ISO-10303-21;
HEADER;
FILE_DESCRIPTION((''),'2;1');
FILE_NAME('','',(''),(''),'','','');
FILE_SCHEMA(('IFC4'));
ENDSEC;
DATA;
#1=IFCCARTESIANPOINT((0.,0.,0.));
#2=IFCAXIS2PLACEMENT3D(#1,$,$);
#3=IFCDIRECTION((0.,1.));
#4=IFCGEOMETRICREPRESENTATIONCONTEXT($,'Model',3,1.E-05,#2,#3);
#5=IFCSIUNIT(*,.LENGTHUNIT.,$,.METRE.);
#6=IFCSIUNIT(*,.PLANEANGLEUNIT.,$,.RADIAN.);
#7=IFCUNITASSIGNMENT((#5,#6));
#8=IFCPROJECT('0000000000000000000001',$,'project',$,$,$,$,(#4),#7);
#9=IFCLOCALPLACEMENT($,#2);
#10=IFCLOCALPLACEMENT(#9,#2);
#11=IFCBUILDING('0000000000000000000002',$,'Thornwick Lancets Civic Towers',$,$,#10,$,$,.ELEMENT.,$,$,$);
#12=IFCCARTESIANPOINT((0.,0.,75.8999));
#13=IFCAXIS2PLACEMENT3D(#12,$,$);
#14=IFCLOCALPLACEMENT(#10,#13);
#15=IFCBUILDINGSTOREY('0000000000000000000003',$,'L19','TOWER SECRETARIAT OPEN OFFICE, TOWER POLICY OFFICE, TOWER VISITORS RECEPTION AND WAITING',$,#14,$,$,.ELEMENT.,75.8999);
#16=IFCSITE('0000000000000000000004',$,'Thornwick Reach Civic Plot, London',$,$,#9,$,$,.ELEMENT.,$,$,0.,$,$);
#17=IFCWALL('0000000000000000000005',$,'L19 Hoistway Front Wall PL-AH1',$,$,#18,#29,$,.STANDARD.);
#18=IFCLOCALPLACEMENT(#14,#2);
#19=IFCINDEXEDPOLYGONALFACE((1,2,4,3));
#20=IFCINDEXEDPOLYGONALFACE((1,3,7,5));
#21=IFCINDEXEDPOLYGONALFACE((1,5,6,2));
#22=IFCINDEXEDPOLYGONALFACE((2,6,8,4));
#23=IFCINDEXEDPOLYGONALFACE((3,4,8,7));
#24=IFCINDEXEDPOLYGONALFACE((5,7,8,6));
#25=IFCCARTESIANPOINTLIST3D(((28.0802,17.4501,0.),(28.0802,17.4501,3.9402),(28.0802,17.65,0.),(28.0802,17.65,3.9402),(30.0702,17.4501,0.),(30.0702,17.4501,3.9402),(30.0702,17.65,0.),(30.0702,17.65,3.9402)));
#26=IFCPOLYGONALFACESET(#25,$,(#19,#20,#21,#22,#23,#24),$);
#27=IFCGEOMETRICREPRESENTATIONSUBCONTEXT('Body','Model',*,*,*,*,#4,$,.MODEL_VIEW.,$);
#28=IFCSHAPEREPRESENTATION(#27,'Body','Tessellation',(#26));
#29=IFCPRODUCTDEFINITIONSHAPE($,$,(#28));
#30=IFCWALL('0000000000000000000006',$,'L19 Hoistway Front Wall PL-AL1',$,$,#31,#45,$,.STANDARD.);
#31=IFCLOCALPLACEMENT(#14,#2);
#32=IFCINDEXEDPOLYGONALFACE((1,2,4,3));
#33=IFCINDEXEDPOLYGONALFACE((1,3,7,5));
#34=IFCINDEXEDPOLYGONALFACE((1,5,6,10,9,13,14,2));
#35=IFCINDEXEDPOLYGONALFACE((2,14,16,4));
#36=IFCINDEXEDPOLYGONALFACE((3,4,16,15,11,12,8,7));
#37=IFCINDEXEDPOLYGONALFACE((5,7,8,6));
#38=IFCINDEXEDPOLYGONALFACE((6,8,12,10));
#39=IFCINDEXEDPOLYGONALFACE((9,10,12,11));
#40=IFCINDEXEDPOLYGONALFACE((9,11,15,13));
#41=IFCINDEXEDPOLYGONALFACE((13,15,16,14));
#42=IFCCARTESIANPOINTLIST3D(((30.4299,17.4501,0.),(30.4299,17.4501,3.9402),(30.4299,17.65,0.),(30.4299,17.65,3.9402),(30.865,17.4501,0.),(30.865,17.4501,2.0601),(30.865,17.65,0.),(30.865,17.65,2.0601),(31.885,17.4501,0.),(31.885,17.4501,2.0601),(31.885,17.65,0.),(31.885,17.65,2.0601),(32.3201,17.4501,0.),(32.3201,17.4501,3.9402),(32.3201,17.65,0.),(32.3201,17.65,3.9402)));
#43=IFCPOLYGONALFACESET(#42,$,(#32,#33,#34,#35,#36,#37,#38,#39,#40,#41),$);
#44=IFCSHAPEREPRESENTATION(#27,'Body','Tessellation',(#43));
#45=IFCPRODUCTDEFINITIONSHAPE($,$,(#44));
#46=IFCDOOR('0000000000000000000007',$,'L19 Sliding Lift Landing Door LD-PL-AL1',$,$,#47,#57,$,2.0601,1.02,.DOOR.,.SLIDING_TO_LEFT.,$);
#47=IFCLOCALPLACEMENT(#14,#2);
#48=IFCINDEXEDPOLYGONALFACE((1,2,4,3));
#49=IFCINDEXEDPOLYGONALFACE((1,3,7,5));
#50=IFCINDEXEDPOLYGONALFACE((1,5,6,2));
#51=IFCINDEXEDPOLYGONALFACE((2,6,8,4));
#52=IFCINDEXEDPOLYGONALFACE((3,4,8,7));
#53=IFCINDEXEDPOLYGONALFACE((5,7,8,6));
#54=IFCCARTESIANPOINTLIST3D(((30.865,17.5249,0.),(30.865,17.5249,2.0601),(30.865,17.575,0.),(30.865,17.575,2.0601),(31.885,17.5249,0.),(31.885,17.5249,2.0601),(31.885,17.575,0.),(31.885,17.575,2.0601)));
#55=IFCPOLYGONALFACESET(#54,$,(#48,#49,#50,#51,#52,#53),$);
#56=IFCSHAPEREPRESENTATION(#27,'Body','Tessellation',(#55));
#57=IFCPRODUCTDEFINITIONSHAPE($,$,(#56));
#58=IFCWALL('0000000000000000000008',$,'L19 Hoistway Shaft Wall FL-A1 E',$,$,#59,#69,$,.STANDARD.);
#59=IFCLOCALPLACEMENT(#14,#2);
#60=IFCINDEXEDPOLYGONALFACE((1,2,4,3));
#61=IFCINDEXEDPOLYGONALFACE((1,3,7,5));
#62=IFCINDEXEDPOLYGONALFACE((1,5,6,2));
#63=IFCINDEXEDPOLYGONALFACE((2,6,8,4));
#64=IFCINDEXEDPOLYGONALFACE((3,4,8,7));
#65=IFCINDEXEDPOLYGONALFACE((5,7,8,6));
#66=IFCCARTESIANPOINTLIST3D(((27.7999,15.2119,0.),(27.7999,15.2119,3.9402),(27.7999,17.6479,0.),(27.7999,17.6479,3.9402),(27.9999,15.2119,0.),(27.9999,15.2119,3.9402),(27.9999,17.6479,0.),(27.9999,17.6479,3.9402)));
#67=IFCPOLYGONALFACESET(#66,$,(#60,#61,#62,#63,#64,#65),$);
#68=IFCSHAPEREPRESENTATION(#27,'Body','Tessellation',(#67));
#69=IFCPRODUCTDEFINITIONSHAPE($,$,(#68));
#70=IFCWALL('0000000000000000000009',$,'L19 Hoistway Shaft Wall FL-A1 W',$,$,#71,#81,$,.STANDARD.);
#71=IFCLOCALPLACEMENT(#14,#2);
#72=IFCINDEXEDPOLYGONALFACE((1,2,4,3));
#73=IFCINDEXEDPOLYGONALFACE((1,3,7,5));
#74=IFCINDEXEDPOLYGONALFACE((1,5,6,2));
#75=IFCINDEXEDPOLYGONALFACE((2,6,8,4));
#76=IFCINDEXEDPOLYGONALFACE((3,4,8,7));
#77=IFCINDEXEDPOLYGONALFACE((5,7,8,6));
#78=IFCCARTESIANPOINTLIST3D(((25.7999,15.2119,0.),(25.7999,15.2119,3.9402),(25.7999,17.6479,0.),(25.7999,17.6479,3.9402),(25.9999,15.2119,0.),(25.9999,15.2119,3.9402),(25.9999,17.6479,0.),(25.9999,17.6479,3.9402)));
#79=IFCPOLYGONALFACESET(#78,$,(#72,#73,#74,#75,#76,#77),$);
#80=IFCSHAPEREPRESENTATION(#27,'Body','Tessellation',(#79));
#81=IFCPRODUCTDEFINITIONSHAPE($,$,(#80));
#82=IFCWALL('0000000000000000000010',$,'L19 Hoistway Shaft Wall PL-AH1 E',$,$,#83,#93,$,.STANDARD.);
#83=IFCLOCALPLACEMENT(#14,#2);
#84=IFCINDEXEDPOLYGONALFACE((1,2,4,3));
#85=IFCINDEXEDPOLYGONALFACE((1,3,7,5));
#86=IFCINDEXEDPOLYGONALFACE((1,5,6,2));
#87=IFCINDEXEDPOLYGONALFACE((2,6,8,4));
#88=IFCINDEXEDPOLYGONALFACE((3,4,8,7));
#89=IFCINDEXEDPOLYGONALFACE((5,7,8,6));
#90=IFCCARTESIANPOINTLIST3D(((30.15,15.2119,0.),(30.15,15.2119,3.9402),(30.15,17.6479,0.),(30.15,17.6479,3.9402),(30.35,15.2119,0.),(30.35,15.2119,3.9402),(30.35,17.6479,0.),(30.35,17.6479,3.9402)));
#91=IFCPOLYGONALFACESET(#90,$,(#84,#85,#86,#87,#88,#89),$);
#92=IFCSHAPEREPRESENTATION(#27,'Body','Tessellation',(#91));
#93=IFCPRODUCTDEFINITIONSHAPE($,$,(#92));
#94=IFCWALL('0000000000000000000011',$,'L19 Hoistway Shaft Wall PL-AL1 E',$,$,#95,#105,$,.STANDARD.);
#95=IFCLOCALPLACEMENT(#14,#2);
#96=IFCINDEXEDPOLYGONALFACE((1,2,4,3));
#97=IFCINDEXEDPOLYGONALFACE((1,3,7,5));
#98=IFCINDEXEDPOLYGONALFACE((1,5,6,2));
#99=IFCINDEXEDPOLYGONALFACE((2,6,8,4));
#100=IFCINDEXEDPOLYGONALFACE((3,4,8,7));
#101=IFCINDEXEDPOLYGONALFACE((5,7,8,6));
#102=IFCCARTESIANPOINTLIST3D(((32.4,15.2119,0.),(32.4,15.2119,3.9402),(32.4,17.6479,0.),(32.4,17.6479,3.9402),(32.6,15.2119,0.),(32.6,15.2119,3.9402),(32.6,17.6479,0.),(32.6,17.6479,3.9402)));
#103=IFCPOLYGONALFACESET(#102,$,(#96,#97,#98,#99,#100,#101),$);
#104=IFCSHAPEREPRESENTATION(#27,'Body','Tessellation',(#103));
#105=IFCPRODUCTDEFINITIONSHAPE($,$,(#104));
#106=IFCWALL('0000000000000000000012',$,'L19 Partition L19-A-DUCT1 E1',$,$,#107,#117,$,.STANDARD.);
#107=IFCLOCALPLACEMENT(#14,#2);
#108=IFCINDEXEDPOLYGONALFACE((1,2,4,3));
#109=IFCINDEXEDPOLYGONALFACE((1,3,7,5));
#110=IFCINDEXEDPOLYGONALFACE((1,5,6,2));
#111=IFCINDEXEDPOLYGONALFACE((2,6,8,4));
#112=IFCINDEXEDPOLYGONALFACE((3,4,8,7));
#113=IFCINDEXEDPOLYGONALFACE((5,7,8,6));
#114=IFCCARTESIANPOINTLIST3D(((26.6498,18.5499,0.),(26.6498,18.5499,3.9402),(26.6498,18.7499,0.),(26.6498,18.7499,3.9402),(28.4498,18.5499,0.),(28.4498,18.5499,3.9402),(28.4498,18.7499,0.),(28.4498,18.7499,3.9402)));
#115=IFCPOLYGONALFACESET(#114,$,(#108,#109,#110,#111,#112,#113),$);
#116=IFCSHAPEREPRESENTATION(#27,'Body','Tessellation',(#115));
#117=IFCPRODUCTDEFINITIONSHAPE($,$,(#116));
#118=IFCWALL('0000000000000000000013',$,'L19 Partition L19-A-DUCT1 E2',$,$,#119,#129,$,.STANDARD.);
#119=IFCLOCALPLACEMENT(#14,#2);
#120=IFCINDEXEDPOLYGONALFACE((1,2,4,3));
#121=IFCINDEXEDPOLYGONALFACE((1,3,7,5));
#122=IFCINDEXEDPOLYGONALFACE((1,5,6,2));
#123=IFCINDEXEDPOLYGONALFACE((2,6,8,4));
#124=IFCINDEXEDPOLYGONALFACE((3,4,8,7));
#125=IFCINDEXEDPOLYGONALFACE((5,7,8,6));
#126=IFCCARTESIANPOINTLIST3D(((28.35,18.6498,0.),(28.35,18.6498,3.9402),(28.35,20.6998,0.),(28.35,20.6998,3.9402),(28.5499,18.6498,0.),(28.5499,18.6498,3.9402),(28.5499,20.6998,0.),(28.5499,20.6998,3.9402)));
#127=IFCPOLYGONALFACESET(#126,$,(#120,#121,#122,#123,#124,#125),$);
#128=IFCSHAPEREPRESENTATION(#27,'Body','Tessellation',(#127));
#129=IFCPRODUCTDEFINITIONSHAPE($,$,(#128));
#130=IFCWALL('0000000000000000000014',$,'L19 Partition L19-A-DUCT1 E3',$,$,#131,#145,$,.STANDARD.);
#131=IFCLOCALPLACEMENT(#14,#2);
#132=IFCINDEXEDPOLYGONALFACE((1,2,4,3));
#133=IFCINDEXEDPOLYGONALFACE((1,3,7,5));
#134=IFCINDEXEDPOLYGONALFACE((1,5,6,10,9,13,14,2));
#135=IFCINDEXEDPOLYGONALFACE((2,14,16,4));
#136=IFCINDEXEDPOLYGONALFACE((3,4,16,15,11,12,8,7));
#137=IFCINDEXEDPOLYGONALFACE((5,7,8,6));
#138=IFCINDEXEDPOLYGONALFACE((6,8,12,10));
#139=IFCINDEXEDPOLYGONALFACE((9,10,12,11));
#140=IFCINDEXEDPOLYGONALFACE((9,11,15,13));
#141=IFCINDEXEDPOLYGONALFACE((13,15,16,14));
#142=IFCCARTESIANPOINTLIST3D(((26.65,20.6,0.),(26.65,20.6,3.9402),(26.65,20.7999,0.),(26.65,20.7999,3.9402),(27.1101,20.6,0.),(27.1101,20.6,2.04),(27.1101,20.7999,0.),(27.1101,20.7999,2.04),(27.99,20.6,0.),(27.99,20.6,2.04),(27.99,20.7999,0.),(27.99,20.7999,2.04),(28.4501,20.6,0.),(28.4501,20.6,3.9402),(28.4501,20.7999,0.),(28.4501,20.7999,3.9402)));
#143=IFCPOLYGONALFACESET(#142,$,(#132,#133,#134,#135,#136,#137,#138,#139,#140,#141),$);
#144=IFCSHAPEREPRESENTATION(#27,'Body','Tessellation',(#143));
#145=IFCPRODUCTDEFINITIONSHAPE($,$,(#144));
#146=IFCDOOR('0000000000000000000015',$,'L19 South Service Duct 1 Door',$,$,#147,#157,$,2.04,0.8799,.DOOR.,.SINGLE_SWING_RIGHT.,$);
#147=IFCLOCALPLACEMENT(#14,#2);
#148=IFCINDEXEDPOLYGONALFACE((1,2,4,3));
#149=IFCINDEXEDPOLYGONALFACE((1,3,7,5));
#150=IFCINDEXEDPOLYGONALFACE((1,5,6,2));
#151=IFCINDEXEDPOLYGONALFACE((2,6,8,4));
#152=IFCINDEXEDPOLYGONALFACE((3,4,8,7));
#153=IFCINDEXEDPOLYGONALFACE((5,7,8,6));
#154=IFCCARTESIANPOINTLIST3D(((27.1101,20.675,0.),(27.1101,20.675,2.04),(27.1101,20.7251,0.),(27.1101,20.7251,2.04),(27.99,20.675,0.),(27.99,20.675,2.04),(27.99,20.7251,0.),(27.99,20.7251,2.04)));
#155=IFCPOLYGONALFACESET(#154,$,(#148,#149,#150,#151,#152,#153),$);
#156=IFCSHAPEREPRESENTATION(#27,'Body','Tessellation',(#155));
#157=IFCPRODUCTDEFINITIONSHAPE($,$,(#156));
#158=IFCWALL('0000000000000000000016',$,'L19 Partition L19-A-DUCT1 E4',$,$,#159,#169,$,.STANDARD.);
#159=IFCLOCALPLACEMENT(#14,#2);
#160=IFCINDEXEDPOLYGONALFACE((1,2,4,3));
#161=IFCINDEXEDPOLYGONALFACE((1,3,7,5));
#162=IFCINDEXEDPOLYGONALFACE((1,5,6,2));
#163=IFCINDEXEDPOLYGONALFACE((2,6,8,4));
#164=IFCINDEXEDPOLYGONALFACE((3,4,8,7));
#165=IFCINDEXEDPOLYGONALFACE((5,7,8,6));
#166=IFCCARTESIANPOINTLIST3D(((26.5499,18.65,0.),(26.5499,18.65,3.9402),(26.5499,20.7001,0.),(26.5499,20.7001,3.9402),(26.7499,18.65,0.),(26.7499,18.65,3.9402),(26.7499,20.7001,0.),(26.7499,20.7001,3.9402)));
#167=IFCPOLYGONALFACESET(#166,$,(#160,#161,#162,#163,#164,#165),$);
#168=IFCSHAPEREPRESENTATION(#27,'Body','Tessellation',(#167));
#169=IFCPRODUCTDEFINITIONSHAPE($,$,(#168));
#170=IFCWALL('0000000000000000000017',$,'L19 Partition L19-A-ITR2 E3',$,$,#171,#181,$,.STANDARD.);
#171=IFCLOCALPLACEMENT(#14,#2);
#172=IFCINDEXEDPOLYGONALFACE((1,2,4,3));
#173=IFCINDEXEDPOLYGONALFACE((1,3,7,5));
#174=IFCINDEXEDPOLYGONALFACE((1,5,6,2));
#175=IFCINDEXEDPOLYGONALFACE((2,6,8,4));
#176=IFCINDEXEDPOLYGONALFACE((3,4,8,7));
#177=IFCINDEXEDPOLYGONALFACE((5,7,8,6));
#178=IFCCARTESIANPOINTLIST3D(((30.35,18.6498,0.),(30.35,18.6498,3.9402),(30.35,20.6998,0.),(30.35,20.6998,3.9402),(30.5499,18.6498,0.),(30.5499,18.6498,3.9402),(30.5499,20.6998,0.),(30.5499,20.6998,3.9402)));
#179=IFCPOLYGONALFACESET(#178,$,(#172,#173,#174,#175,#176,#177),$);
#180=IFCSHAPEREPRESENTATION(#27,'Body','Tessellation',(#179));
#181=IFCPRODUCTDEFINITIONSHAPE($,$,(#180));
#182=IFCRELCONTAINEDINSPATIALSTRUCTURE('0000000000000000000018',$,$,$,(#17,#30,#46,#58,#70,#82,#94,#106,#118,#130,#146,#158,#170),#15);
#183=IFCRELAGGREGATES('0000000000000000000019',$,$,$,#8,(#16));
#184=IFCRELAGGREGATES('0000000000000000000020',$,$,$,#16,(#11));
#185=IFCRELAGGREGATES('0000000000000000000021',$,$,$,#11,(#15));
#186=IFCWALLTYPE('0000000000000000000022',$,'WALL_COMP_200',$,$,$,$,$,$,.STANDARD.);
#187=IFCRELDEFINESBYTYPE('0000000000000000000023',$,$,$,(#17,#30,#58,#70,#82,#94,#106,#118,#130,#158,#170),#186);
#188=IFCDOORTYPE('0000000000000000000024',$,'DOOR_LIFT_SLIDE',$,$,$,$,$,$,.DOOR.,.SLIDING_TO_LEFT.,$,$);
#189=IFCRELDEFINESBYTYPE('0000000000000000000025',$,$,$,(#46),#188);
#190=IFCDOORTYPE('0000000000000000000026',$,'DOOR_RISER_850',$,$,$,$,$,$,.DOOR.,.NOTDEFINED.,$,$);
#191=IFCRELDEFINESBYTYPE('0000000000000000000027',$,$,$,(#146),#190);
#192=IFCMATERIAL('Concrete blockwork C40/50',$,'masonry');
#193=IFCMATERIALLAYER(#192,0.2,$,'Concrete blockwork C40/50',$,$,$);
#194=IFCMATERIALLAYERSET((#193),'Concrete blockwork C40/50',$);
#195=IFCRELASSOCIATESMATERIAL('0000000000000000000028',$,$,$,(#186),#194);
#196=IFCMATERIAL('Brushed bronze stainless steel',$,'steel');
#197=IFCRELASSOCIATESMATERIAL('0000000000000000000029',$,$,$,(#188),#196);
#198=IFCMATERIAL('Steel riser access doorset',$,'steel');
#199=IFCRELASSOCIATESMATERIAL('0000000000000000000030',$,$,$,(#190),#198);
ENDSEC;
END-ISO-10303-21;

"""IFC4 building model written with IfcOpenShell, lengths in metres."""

from ifc_helpers import new_model, si_unit, direction, frame, frame_2d, origin, place, context, subcontext, project, spatial, rectangle, extrude, material, layer, layer_set, type_object, element, fill, save


model = new_model("IFC4")

# Units and contexts
model_context = context("Model", 3, precision=1e-05, world=origin(), true_north=direction((0.0, 1.0)))
body_context = subcontext(model_context, "Body", "Model", "MODEL_VIEW")
ifc_project = project(units=[si_unit("LENGTHUNIT", "METRE"), si_unit("PLANEANGLEUNIT", "RADIAN")], contexts=[model_context])

# Site, building, storey
site_placement = place(None, origin())
site = spatial("IfcSite", under=ifc_project, at=site_placement, Name="Thornwick Reach Civic Plot, London", CompositionType="ELEMENT", RefElevation=0.0)
building_placement = place(site_placement, origin())
building = spatial("IfcBuilding", under=site, at=building_placement, Name="Thornwick Lancets Civic Towers", CompositionType="ELEMENT")
storey_placement = place(building_placement, frame((0.0, 0.0, 75.8999)))
storey = spatial("IfcBuildingStorey", under=building, at=storey_placement, Name="L19", Description="TOWER SECRETARIAT OPEN OFFICE, TOWER POLICY OFFICE, TOWER VISITORS RECEPTION AND WAITING", CompositionType="ELEMENT", Elevation=75.8999)

# Shared definitions
ifc_material_1 = material(Name="Concrete blockwork C40/50", Category="masonry")
ifc_layer_1 = layer(ifc_material_1, 0.2, Name="Concrete blockwork C40/50")
ifc_layer_set_1 = layer_set([ifc_layer_1], Name="Concrete blockwork C40/50")
wall_type_1 = type_object("IfcWallType", Name="WALL_COMP_200", PredefinedType="STANDARD", material=ifc_layer_set_1)
ifc_material_2 = material(Name="Brushed bronze stainless steel", Category="steel")
door_type_1 = type_object("IfcDoorType", Name="DOOR_LIFT_SLIDE", OperationType="SLIDING_TO_LEFT", PredefinedType="DOOR", material=ifc_material_2)

# Wall
wall_1_placement = place(storey_placement, frame((28.0801, 17.55, 0.0), z_axis=(0.0, 0.0, 1.0), x_axis=(1.0, 0.0, 0.0)))
element("IfcWall", 1, at=wall_1_placement, inside=storey, type_object=wall_type_1, Name="L19 Hoistway Front Wall PL-AH1", PredefinedType="STANDARD", context=body_context, shape_type="SweptSolid", body=[
    extrude(rectangle(XDim=1.99, YDim=0.2, at=frame_2d((0.9951, 0.0))), origin(), (0.0, 0.0, 1.0), 3.9402),
])

# Wall, opening, door
wall_2_placement = place(storey_placement, frame((30.4299, 17.55, 0.0), z_axis=(0.0, 0.0, 1.0), x_axis=(1.0, 0.0, 0.0)))
wall_2 = element("IfcWall", 2, at=wall_2_placement, inside=storey, type_object=wall_type_1, Name="L19 Hoistway Front Wall PL-AL1", PredefinedType="STANDARD", context=body_context, shape_type="SweptSolid", body=[
    extrude(rectangle(XDim=1.8901, YDim=0.2, at=frame_2d((0.9451, 0.0))), origin(), (0.0, 0.0, 1.0), 3.9402),
])
opening_1_placement = place(wall_2_placement, frame((0.4351, 0.0, 0.0)))
opening_1 = element("IfcOpeningElement", 3, at=opening_1_placement, cuts=wall_2, PredefinedType="OPENING", context=body_context, shape_type="SweptSolid", body=[
    extrude(rectangle(XDim=1.02, YDim=2.0601, at=frame_2d((0.51, 1.03))), frame((0.0, 0.1099, 0.0), z_axis=(0.0, -1.0, 0.0), x_axis=(1.0, 0.0, 0.0)), (0.0, 0.0, 1.0), 0.22),
])
door_1_placement = place(opening_1_placement, origin())
door_1 = element("IfcDoor", 4, at=door_1_placement, inside=storey, type_object=door_type_1, Name="L19 Sliding Lift Landing Door LD-PL-AL1", OperationType="SLIDING_TO_LEFT", OverallHeight=2.0601, OverallWidth=1.02, PredefinedType="DOOR", context=body_context, shape_type="SweptSolid", body=[
    extrude(rectangle(XDim=1.02, YDim=2.0601, at=frame_2d((0.51, 1.03))), frame((0.0, 0.0249, 0.0), z_axis=(0.0, -1.0, 0.0), x_axis=(1.0, 0.0, 0.0)), (0.0, 0.0, 1.0), 0.05),
])
fill(opening_1, door_1)

# Walls
for number, where, z_axis, x_axis, name in (
    (5, (27.8999, 15.2119, 0.0), (0.0, 0.0, 1.0), (0.0, 1.0, 0.0), "L19 Hoistway Shaft Wall FL-A1 E"),
    (6, (25.8999, 15.2119, 0.0), (0.0, 0.0, 1.0), (0.0, 1.0, 0.0), "L19 Hoistway Shaft Wall FL-A1 W"),
    (7, (30.25, 15.2119, 0.0), (0.0, 0.0, 1.0), (0.0, 1.0, 0.0), "L19 Hoistway Shaft Wall PL-AH1 E"),
    (8, (32.5, 15.2119, 0.0), (0.0, 0.0, 1.0), (0.0, 1.0, 0.0), "L19 Hoistway Shaft Wall PL-AL1 E"),
):
    element("IfcWall", number, at=place(storey_placement, frame(where, z_axis=z_axis, x_axis=x_axis)), inside=storey, type_object=wall_type_1, Name=name, PredefinedType="STANDARD", context=body_context, shape_type="SweptSolid", body=[
        extrude(rectangle(XDim=2.436, YDim=0.2, at=frame_2d((1.218, 0.0))), origin(), (0.0, 0.0, 1.0), 3.9402),
    ])
wall_3_placement = place(storey_placement, frame((26.6499, 18.6499, 0.0), z_axis=(0.0, 0.0, 1.0), x_axis=(1.0, 0.0, 0.0)))
element("IfcWall", 9, at=wall_3_placement, inside=storey, type_object=wall_type_1, Name="L19 Partition L19-A-DUCT1 E1", PredefinedType="STANDARD", context=body_context, shape_type="SweptSolid", body=[
    extrude(rectangle(XDim=1.8, YDim=0.2, at=frame_2d((0.8999, 0.0))), origin(), (0.0, 0.0, 1.0), 3.9402),
])
wall_4_placement = place(storey_placement, frame((28.45, 18.6499, 0.0), z_axis=(0.0, 0.0, 1.0), x_axis=(0.0, 1.0, 0.0)))
element("IfcWall", 10, at=wall_4_placement, inside=storey, type_object=wall_type_1, Name="L19 Partition L19-A-DUCT1 E2", PredefinedType="STANDARD", context=body_context, shape_type="SweptSolid", body=[
    extrude(rectangle(XDim=2.05, YDim=0.2, at=frame_2d((1.0249, 0.0))), origin(), (0.0, 0.0, 1.0), 3.9402),
])

# Wall, opening, door
wall_5_placement = place(storey_placement, frame((28.45, 20.7, 0.0), z_axis=(0.0, 0.0, 1.0), x_axis=(-1.0, 0.0, 0.0)))
wall_5 = element("IfcWall", 11, at=wall_5_placement, inside=storey, type_object=wall_type_1, Name="L19 Partition L19-A-DUCT1 E3", PredefinedType="STANDARD", context=body_context, shape_type="SweptSolid", body=[
    extrude(rectangle(XDim=1.8, YDim=0.2, at=frame_2d((0.8999, 0.0))), origin(), (0.0, 0.0, 1.0), 3.9402),
])
opening_2_placement = place(wall_5_placement, frame((0.46, 0.0, 0.0)))
opening_2 = element("IfcOpeningElement", 12, at=opening_2_placement, cuts=wall_5, PredefinedType="OPENING", context=body_context, shape_type="SweptSolid", body=[
    extrude(rectangle(XDim=0.8799, YDim=2.04, at=frame_2d((0.4399, 1.02))), frame((0.0, 0.1099, 0.0), z_axis=(0.0, -1.0, 0.0), x_axis=(1.0, 0.0, 0.0)), (0.0, 0.0, 1.0), 0.22),
])
ifc_material_3 = material(Name="Steel riser access doorset", Category="steel")
door_type_2 = type_object("IfcDoorType", Name="DOOR_RISER_850", OperationType="NOTDEFINED", PredefinedType="DOOR", material=ifc_material_3)
door_2_placement = place(opening_2_placement, origin())
door_2 = element("IfcDoor", 13, at=door_2_placement, inside=storey, type_object=door_type_2, Name="L19 South Service Duct 1 Door", OperationType="SINGLE_SWING_RIGHT", OverallHeight=2.04, OverallWidth=0.8799, PredefinedType="DOOR", context=body_context, shape_type="SweptSolid", body=[
    extrude(rectangle(XDim=0.8799, YDim=2.04, at=frame_2d((0.4399, 1.02))), frame((0.0, 0.0249, 0.0), z_axis=(0.0, -1.0, 0.0), x_axis=(1.0, 0.0, 0.0)), (0.0, 0.0, 1.0), 0.05),
])
fill(opening_2, door_2)

# Walls
for number, where, z_axis, x_axis, name in (
    (14, (26.6499, 20.7, 0.0), (0.0, 0.0, 1.0), (0.0, -1.0, 0.0), "L19 Partition L19-A-DUCT1 E4"),
    (15, (30.45, 18.6499, 0.0), (0.0, 0.0, 1.0), (0.0, 1.0, 0.0), "L19 Partition L19-A-ITR2 E3"),
):
    element("IfcWall", number, at=place(storey_placement, frame(where, z_axis=z_axis, x_axis=x_axis)), inside=storey, type_object=wall_type_1, Name=name, PredefinedType="STANDARD", context=body_context, shape_type="SweptSolid", body=[
        extrude(rectangle(XDim=2.05, YDim=0.2, at=frame_2d((1.0249, 0.0))), origin(), (0.0, 0.0, 1.0), 3.9402),
    ])

save(model, "model.ifc")
